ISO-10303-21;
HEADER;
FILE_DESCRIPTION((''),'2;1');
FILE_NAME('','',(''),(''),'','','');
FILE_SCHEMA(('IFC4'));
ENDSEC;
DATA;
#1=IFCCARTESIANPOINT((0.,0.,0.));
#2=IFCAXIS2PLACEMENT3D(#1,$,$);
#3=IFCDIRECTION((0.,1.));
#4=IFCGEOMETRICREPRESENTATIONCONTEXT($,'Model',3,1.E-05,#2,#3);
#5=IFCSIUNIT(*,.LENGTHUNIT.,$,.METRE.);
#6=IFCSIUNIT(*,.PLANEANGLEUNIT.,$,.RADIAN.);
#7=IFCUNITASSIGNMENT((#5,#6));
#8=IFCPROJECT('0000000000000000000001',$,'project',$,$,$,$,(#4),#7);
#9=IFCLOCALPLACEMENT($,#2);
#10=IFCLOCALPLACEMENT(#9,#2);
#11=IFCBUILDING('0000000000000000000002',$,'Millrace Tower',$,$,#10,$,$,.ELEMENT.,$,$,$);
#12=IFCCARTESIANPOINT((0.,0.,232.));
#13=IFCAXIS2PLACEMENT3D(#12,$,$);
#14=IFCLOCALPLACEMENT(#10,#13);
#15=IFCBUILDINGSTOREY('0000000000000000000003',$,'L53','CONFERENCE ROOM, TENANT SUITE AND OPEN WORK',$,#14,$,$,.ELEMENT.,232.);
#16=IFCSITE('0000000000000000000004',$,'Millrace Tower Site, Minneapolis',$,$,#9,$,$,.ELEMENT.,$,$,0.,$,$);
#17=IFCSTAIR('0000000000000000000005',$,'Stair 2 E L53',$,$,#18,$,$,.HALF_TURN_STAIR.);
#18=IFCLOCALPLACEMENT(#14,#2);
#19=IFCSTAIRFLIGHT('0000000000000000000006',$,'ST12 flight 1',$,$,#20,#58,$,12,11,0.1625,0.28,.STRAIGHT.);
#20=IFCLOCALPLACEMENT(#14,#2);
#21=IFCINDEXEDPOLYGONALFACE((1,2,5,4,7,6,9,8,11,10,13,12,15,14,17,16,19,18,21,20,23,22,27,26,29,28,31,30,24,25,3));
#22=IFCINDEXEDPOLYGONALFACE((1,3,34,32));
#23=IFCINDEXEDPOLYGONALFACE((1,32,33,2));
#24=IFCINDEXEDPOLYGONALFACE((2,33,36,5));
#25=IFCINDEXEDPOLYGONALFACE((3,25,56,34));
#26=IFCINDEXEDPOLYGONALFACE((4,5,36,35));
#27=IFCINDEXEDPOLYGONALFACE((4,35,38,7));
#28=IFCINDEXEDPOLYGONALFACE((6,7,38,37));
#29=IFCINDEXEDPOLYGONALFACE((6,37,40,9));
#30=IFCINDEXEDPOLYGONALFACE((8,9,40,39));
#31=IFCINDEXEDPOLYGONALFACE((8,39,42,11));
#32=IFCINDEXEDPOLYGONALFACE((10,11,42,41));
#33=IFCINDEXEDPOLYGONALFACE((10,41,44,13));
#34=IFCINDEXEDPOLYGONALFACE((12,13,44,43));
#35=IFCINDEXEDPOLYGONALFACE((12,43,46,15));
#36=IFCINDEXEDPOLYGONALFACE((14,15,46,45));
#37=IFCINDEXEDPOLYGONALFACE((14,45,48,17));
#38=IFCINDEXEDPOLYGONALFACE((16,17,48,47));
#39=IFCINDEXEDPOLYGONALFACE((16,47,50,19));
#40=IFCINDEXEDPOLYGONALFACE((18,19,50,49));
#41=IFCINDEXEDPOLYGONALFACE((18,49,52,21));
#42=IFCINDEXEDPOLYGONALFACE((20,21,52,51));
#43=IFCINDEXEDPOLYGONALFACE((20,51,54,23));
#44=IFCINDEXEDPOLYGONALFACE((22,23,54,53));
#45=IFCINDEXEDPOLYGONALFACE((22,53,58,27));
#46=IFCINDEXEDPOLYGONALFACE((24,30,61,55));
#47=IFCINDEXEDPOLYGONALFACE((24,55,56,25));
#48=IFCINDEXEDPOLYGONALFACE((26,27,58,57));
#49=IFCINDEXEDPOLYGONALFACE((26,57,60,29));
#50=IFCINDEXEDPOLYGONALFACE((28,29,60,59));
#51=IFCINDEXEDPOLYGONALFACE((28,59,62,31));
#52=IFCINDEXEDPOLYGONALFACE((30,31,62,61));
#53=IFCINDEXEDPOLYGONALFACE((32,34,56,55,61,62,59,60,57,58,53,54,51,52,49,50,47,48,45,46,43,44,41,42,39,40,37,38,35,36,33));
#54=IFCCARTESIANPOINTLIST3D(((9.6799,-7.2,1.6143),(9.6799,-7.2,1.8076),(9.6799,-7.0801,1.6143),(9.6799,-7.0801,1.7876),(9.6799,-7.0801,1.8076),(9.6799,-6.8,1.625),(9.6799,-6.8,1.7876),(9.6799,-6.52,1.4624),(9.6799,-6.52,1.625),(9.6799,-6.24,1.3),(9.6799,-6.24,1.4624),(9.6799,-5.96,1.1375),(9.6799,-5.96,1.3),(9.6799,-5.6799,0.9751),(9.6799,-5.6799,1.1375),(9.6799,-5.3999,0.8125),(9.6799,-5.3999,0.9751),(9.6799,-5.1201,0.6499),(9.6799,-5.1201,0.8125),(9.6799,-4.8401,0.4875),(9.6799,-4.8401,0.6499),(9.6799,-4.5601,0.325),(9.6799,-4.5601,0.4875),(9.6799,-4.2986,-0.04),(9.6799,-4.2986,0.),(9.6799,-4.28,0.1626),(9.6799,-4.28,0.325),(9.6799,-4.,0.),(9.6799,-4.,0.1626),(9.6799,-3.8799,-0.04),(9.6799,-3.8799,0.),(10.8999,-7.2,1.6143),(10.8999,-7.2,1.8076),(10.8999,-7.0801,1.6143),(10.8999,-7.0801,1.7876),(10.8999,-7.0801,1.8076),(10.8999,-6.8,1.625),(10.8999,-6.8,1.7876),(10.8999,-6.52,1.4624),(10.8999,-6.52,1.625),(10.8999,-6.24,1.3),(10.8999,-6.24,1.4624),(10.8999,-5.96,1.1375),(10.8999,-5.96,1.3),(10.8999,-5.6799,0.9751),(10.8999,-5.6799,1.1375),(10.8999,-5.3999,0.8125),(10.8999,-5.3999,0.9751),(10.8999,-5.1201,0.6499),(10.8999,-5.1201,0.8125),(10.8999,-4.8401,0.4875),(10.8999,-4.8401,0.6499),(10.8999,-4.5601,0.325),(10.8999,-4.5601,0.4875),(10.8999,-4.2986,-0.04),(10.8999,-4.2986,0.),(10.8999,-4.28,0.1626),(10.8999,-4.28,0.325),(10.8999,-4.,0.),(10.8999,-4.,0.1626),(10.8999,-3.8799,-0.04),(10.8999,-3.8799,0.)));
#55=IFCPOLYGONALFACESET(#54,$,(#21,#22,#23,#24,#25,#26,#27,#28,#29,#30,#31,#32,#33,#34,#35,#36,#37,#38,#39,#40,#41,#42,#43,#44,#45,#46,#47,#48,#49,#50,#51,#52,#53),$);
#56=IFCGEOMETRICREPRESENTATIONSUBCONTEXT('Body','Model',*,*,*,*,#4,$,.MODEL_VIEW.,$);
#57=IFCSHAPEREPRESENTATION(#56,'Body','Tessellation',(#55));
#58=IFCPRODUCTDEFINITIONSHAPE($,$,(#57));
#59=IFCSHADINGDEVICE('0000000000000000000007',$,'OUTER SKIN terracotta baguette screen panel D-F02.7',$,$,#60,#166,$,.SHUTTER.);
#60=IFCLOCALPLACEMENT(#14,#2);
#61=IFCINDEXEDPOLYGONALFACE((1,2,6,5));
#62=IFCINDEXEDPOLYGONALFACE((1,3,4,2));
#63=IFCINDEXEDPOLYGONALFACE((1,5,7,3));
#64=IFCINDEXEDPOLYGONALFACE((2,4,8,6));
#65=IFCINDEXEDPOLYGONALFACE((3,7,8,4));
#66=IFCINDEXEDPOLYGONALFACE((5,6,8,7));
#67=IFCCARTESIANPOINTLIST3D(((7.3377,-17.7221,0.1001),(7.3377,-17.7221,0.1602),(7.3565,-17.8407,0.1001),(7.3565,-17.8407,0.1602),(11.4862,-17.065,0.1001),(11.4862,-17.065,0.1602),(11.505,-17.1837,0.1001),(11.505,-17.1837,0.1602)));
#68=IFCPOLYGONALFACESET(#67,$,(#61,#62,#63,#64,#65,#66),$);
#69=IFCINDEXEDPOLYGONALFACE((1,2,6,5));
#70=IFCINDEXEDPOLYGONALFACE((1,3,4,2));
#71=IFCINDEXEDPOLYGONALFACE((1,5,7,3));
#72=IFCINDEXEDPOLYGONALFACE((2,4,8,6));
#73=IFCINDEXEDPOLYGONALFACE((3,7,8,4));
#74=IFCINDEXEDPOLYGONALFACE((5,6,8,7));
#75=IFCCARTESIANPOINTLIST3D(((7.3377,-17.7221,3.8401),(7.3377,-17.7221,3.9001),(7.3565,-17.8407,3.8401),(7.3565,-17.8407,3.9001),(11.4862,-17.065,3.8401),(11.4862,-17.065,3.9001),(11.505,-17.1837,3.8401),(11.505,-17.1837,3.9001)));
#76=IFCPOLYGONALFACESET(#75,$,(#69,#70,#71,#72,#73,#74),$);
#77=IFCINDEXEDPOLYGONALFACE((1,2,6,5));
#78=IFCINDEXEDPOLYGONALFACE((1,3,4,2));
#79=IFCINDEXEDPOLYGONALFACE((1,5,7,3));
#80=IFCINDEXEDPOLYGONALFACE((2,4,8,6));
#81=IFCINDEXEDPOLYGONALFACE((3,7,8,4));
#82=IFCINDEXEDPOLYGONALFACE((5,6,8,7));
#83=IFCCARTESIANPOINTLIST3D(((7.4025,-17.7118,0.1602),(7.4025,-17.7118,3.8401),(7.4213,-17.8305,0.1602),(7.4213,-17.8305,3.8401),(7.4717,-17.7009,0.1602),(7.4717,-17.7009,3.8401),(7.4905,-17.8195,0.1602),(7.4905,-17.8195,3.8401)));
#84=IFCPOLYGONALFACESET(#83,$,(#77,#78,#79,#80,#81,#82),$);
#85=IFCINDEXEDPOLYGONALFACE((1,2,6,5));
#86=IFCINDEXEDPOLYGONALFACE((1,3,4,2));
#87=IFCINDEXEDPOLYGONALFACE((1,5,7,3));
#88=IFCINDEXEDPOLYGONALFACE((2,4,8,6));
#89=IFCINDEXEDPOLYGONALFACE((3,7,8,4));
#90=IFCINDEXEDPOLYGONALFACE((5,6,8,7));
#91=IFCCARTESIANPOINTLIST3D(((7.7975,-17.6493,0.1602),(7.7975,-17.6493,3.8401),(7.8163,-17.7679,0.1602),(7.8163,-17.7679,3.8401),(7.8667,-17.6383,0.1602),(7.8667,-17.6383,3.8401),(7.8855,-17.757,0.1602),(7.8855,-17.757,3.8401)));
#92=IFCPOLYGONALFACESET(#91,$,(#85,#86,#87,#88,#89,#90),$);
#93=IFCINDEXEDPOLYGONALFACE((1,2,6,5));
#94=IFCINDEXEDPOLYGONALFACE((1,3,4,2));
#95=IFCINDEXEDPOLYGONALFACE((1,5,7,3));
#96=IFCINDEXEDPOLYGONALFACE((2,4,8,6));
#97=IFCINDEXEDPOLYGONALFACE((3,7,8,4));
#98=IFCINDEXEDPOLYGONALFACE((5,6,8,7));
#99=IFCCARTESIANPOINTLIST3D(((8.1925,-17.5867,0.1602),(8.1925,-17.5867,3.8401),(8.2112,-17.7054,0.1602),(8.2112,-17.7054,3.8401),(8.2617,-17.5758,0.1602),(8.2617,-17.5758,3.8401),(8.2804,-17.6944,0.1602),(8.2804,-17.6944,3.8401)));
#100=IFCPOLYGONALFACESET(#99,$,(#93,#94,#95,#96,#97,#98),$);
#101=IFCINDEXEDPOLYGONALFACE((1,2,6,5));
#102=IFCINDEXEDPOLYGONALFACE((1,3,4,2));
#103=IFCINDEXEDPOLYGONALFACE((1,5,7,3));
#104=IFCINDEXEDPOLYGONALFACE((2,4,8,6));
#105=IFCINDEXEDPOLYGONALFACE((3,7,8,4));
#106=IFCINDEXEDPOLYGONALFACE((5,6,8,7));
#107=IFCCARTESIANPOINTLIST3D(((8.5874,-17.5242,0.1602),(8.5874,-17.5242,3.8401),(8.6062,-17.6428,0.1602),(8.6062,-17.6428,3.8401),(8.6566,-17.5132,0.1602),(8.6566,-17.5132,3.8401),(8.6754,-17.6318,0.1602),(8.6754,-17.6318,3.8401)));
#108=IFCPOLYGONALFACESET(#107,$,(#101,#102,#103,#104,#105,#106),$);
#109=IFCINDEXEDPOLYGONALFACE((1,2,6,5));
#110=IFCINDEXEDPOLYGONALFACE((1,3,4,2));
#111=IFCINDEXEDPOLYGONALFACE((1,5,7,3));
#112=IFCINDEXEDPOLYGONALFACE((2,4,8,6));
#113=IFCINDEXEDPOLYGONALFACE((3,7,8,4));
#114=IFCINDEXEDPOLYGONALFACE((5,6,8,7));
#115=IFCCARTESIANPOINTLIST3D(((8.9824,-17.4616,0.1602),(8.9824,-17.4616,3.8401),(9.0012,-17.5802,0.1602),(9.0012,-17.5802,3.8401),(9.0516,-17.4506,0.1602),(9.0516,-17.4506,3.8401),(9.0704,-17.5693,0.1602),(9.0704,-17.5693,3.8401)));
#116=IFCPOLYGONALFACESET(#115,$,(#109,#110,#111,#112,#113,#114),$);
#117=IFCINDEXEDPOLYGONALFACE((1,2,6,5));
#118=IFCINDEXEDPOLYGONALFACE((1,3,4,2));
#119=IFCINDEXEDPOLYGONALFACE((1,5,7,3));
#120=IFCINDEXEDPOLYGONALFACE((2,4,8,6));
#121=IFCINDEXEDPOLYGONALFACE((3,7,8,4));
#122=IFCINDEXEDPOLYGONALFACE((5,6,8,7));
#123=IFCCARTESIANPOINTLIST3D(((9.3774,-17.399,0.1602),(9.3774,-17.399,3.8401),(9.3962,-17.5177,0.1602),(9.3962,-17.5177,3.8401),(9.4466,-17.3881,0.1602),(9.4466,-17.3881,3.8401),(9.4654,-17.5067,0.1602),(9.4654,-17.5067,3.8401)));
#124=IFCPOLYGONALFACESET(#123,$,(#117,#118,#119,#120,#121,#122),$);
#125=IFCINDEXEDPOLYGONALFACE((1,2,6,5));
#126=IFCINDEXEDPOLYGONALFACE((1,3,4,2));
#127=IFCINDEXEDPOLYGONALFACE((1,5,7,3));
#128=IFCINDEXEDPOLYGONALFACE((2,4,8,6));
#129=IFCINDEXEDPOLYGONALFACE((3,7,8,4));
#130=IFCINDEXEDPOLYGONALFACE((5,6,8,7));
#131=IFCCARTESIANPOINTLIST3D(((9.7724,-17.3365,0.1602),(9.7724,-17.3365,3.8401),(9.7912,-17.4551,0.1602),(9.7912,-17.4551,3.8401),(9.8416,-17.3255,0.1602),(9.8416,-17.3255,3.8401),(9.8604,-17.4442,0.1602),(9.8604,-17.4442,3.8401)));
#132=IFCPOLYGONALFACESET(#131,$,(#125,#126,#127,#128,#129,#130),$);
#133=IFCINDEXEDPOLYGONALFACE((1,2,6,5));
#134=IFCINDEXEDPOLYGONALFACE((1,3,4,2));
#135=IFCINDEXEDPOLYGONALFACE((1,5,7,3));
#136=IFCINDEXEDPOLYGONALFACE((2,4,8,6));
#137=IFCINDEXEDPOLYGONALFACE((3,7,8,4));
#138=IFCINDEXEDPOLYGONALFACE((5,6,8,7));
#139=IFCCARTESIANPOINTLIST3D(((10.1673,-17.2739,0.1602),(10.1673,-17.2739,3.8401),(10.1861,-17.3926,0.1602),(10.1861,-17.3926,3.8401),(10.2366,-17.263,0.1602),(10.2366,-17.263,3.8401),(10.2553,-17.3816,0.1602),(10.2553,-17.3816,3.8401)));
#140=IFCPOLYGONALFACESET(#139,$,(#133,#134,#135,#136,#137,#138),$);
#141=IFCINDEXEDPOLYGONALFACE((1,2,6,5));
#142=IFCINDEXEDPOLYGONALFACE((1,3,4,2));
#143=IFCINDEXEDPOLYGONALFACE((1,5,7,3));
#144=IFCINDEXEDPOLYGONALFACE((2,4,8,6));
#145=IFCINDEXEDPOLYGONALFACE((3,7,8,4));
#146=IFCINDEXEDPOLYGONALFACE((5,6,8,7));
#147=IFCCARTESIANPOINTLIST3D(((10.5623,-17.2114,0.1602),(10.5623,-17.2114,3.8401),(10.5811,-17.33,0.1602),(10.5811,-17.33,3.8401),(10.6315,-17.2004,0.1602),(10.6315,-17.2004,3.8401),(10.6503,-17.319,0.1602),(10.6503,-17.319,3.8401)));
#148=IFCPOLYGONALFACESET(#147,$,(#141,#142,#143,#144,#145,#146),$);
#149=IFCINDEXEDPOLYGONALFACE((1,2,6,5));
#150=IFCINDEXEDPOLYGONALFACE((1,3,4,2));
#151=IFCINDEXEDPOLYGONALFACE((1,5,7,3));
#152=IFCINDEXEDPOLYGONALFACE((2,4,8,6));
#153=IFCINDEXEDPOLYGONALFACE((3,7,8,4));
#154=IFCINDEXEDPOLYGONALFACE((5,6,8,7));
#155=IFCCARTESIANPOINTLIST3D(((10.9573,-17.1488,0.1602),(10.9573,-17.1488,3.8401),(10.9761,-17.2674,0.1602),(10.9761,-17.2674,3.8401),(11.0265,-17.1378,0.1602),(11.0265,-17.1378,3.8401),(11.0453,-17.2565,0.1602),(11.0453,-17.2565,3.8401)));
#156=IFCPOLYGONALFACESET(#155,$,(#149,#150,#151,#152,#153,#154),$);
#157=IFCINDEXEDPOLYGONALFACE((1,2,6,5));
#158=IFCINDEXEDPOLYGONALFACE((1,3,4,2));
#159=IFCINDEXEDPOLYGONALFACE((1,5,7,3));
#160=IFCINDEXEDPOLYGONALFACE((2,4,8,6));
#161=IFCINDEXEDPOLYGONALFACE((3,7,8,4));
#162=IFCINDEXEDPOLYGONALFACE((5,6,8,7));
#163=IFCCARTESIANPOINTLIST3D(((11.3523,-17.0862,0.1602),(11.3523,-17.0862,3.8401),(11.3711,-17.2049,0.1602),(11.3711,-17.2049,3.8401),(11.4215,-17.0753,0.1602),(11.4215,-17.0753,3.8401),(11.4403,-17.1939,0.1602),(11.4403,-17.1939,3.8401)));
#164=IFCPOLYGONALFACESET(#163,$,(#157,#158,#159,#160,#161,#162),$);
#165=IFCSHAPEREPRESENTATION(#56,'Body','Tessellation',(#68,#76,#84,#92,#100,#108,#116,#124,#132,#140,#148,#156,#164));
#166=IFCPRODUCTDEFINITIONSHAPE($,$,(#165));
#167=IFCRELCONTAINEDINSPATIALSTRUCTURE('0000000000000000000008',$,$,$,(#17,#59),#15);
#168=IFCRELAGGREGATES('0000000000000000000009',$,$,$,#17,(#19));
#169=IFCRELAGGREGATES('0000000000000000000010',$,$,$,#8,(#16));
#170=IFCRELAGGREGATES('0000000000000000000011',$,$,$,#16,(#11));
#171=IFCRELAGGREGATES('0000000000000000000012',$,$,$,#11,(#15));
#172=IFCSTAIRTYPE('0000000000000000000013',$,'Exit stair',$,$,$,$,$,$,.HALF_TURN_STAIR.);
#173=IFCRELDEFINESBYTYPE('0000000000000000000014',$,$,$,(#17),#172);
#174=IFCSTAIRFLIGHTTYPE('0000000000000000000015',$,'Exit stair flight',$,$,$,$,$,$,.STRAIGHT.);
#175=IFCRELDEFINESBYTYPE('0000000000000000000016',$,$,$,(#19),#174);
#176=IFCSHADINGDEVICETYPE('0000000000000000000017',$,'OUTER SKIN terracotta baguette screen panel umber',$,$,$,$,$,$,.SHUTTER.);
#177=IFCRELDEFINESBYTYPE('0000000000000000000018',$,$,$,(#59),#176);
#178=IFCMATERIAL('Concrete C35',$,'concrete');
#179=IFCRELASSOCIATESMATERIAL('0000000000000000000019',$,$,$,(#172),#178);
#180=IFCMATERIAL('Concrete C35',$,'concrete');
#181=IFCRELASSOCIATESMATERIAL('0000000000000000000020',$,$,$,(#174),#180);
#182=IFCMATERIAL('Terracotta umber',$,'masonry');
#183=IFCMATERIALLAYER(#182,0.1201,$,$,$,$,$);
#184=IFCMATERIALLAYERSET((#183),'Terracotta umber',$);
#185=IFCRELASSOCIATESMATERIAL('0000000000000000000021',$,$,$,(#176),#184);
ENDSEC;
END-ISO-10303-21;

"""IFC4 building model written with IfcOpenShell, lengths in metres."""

from ifc_helpers import new_model, entity, si_unit, direction, frame, frame_2d, origin, origin_2d, place, context, subcontext, project, spatial, polyline, rectangle, outline, extrude, source, transform, mapped, material, layer, layer_set, type_object, element, aggregate, save


model = new_model("IFC4")

# Units and contexts
model_context = context("Model", 3, precision=1e-05, world=origin(), true_north=direction((0.0, 1.0)))
body_context = subcontext(model_context, "Body", "Model", "MODEL_VIEW")
ifc_project = project(units=[si_unit("LENGTHUNIT", "METRE"), si_unit("PLANEANGLEUNIT", "RADIAN")], contexts=[model_context])

# Site, building, storey
site_placement = place(None, origin())
site = spatial("IfcSite", under=ifc_project, at=site_placement, Name="Millrace Tower Site, Minneapolis", CompositionType="ELEMENT", RefElevation=0.0)
building_placement = place(site_placement, origin())
building = spatial("IfcBuilding", under=site, at=building_placement, Name="Millrace Tower", CompositionType="ELEMENT")
storey_placement = place(building_placement, frame((0.0, 0.0, 232.0)))
storey = spatial("IfcBuildingStorey", under=building, at=storey_placement, Name="L53", Description="CONFERENCE ROOM, TENANT SUITE AND OPEN WORK", CompositionType="ELEMENT", Elevation=232.0)

# Shared definitions
placement = place(storey_placement, origin())

# Shared definitions
ifc_material_1 = material(Name="Concrete C35", Category="concrete")
stair_type = type_object("IfcStairType", Name="Exit stair", PredefinedType="HALF_TURN_STAIR", material=ifc_material_1)
ifc_material_2 = material(Name="Concrete C35", Category="concrete")
stair_flight_type = type_object("IfcStairFlightType", Name="Exit stair flight", PredefinedType="STRAIGHT", material=ifc_material_2)

# Stair, stair flight
stair_1 = element("IfcStair", 1, at=placement, inside=storey, type_object=stair_type, Name="Stair 2 E L53", PredefinedType="HALF_TURN_STAIR")
stair_flight_1_placement = place(storey_placement, frame((10.29, -4.0, 0.0), z_axis=(0.0, 0.0, 1.0), x_axis=(0.0, -1.0, 0.0)))
stair_flight_1 = element("IfcStairFlight", 2, at=stair_flight_1_placement, type_object=stair_flight_type, Name="ST12 flight 1", NumberOfRisers=12, NumberOfTreads=11, PredefinedType="STRAIGHT", RiserHeight=0.1625, TreadLength=0.28, context=body_context, shape_type="SweptSolid", body=[
    extrude(outline(polyline([(-0.1201, -0.04), (-0.1201, 0.0), (0.0, 0.0), (0.0, 0.1626), (0.28, 0.1626), (0.28, 0.325), (0.5601, 0.325), (0.5601, 0.4875), (0.8401, 0.4875), (0.8401, 0.6499), (1.1201, 0.6499), (1.1201, 0.8125), (1.3999, 0.8125), (1.3999, 0.9751), (1.6799, 0.9751), (1.6799, 1.1375), (1.96, 1.1375), (1.96, 1.3), (2.24, 1.3), (2.24, 1.4624), (2.52, 1.4624), (2.52, 1.625), (2.8, 1.625), (2.8, 1.7876), (3.0801, 1.7876), (3.0801, 1.8076), (3.2, 1.8076), (3.2, 1.6143), (3.0801, 1.6143), (0.2986, 0.0), (0.2986, -0.04), (-0.1201, -0.04)])), frame((0.0, 0.6099, 0.0), z_axis=(0.0, -1.0, 0.0), x_axis=(1.0, 0.0, 0.0)), (0.0, 0.0, 1.0), 1.22),
])
aggregate(stair_1, [stair_flight_1])

# Shading device
ifc_material_3 = material(Name="Terracotta umber", Category="masonry")
ifc_layer_1 = layer(ifc_material_3, 0.1201)
ifc_layer_set_1 = layer_set([ifc_layer_1], Name="Terracotta umber")
shading_device_type = type_object("IfcShadingDeviceType", Name="OUTER SKIN terracotta baguette screen panel umber", PredefinedType="SHUTTER", material=ifc_layer_set_1)
cartesian_point = entity("IfcCartesianPoint", [-2.1001, 0.0601])
shared_polyline = entity("IfcPolyline", [cartesian_point, entity("IfcCartesianPoint", [2.1001, 0.0601]), entity("IfcCartesianPoint", [2.1001, -0.0601]), entity("IfcCartesianPoint", [-2.1001, -0.0601]), cartesian_point])
shared_shape = source(origin(), body_context, "Body", "SweptSolid", [
    entity("IfcExtrudedAreaSolid", entity("IfcArbitraryClosedProfileDef", "AREA", None, shared_polyline), entity("IfcAxis2Placement3D", entity("IfcCartesianPoint", [0.0, 0.0, 0.0])), entity("IfcDirection", [0.0, 0.0, 1.0]), 0.0601),
    entity("IfcExtrudedAreaSolid", entity("IfcArbitraryClosedProfileDef", "AREA", None, shared_polyline), entity("IfcAxis2Placement3D", entity("IfcCartesianPoint", [0.0, 0.0, 3.74])), entity("IfcDirection", [0.0, 0.0, 1.0]), 0.0601),
    extrude(rectangle(XDim=0.0701, YDim=0.1201, at=frame_2d((-1.9995, 0.0))), frame((0.0, 0.0, 0.0601)), (0.0, 0.0, 1.0), 3.6799),
    extrude(rectangle(XDim=0.0701, YDim=0.1201, at=frame_2d((-1.5996, 0.0))), frame((0.0, 0.0, 0.0601)), (0.0, 0.0, 1.0), 3.6799),
    extrude(rectangle(XDim=0.0701, YDim=0.1201, at=frame_2d((-1.1997, 0.0))), frame((0.0, 0.0, 0.0601)), (0.0, 0.0, 1.0), 3.6799),
    extrude(rectangle(XDim=0.0701, YDim=0.1201, at=frame_2d((-0.7998, 0.0))), frame((0.0, 0.0, 0.0601)), (0.0, 0.0, 1.0), 3.6799),
    extrude(rectangle(XDim=0.0701, YDim=0.1201, at=frame_2d((-0.3999, 0.0))), frame((0.0, 0.0, 0.0601)), (0.0, 0.0, 1.0), 3.6799),
    extrude(rectangle(XDim=0.0701, YDim=0.1201, at=origin_2d()), frame((0.0, 0.0, 0.0601)), (0.0, 0.0, 1.0), 3.6799),
    extrude(rectangle(XDim=0.0701, YDim=0.1201, at=frame_2d((0.3999, 0.0))), frame((0.0, 0.0, 0.0601)), (0.0, 0.0, 1.0), 3.6799),
    extrude(rectangle(XDim=0.0701, YDim=0.1201, at=frame_2d((0.7998, 0.0))), frame((0.0, 0.0, 0.0601)), (0.0, 0.0, 1.0), 3.6799),
    extrude(rectangle(XDim=0.0701, YDim=0.1201, at=frame_2d((1.1997, 0.0))), frame((0.0, 0.0, 0.0601)), (0.0, 0.0, 1.0), 3.6799),
    extrude(rectangle(XDim=0.0701, YDim=0.1201, at=frame_2d((1.5996, 0.0))), frame((0.0, 0.0, 0.0601)), (0.0, 0.0, 1.0), 3.6799),
    extrude(rectangle(XDim=0.0701, YDim=0.1201, at=frame_2d((1.9995, 0.0))), frame((0.0, 0.0, 0.0601)), (0.0, 0.0, 1.0), 3.6799),
])
for number, where, z_axis, x_axis, name in (
    (3, (9.4214, -17.4529, 0.1001), (0.0, 0.0, 1.0), (0.987688, 0.156434, 0.0), "OUTER SKIN terracotta baguette screen panel D-F02.7"),
):
    element("IfcShadingDevice", number, at=place(storey_placement, frame(where, z_axis=z_axis, x_axis=x_axis)), inside=storey, type_object=shading_device_type, Name=name, PredefinedType="SHUTTER", context=body_context, shape_type="MappedRepresentation", body=[
        mapped(shared_shape, transform((0.0, 0.0, 0.0), scale=1.0)),
    ])

save(model, "model.ifc")
